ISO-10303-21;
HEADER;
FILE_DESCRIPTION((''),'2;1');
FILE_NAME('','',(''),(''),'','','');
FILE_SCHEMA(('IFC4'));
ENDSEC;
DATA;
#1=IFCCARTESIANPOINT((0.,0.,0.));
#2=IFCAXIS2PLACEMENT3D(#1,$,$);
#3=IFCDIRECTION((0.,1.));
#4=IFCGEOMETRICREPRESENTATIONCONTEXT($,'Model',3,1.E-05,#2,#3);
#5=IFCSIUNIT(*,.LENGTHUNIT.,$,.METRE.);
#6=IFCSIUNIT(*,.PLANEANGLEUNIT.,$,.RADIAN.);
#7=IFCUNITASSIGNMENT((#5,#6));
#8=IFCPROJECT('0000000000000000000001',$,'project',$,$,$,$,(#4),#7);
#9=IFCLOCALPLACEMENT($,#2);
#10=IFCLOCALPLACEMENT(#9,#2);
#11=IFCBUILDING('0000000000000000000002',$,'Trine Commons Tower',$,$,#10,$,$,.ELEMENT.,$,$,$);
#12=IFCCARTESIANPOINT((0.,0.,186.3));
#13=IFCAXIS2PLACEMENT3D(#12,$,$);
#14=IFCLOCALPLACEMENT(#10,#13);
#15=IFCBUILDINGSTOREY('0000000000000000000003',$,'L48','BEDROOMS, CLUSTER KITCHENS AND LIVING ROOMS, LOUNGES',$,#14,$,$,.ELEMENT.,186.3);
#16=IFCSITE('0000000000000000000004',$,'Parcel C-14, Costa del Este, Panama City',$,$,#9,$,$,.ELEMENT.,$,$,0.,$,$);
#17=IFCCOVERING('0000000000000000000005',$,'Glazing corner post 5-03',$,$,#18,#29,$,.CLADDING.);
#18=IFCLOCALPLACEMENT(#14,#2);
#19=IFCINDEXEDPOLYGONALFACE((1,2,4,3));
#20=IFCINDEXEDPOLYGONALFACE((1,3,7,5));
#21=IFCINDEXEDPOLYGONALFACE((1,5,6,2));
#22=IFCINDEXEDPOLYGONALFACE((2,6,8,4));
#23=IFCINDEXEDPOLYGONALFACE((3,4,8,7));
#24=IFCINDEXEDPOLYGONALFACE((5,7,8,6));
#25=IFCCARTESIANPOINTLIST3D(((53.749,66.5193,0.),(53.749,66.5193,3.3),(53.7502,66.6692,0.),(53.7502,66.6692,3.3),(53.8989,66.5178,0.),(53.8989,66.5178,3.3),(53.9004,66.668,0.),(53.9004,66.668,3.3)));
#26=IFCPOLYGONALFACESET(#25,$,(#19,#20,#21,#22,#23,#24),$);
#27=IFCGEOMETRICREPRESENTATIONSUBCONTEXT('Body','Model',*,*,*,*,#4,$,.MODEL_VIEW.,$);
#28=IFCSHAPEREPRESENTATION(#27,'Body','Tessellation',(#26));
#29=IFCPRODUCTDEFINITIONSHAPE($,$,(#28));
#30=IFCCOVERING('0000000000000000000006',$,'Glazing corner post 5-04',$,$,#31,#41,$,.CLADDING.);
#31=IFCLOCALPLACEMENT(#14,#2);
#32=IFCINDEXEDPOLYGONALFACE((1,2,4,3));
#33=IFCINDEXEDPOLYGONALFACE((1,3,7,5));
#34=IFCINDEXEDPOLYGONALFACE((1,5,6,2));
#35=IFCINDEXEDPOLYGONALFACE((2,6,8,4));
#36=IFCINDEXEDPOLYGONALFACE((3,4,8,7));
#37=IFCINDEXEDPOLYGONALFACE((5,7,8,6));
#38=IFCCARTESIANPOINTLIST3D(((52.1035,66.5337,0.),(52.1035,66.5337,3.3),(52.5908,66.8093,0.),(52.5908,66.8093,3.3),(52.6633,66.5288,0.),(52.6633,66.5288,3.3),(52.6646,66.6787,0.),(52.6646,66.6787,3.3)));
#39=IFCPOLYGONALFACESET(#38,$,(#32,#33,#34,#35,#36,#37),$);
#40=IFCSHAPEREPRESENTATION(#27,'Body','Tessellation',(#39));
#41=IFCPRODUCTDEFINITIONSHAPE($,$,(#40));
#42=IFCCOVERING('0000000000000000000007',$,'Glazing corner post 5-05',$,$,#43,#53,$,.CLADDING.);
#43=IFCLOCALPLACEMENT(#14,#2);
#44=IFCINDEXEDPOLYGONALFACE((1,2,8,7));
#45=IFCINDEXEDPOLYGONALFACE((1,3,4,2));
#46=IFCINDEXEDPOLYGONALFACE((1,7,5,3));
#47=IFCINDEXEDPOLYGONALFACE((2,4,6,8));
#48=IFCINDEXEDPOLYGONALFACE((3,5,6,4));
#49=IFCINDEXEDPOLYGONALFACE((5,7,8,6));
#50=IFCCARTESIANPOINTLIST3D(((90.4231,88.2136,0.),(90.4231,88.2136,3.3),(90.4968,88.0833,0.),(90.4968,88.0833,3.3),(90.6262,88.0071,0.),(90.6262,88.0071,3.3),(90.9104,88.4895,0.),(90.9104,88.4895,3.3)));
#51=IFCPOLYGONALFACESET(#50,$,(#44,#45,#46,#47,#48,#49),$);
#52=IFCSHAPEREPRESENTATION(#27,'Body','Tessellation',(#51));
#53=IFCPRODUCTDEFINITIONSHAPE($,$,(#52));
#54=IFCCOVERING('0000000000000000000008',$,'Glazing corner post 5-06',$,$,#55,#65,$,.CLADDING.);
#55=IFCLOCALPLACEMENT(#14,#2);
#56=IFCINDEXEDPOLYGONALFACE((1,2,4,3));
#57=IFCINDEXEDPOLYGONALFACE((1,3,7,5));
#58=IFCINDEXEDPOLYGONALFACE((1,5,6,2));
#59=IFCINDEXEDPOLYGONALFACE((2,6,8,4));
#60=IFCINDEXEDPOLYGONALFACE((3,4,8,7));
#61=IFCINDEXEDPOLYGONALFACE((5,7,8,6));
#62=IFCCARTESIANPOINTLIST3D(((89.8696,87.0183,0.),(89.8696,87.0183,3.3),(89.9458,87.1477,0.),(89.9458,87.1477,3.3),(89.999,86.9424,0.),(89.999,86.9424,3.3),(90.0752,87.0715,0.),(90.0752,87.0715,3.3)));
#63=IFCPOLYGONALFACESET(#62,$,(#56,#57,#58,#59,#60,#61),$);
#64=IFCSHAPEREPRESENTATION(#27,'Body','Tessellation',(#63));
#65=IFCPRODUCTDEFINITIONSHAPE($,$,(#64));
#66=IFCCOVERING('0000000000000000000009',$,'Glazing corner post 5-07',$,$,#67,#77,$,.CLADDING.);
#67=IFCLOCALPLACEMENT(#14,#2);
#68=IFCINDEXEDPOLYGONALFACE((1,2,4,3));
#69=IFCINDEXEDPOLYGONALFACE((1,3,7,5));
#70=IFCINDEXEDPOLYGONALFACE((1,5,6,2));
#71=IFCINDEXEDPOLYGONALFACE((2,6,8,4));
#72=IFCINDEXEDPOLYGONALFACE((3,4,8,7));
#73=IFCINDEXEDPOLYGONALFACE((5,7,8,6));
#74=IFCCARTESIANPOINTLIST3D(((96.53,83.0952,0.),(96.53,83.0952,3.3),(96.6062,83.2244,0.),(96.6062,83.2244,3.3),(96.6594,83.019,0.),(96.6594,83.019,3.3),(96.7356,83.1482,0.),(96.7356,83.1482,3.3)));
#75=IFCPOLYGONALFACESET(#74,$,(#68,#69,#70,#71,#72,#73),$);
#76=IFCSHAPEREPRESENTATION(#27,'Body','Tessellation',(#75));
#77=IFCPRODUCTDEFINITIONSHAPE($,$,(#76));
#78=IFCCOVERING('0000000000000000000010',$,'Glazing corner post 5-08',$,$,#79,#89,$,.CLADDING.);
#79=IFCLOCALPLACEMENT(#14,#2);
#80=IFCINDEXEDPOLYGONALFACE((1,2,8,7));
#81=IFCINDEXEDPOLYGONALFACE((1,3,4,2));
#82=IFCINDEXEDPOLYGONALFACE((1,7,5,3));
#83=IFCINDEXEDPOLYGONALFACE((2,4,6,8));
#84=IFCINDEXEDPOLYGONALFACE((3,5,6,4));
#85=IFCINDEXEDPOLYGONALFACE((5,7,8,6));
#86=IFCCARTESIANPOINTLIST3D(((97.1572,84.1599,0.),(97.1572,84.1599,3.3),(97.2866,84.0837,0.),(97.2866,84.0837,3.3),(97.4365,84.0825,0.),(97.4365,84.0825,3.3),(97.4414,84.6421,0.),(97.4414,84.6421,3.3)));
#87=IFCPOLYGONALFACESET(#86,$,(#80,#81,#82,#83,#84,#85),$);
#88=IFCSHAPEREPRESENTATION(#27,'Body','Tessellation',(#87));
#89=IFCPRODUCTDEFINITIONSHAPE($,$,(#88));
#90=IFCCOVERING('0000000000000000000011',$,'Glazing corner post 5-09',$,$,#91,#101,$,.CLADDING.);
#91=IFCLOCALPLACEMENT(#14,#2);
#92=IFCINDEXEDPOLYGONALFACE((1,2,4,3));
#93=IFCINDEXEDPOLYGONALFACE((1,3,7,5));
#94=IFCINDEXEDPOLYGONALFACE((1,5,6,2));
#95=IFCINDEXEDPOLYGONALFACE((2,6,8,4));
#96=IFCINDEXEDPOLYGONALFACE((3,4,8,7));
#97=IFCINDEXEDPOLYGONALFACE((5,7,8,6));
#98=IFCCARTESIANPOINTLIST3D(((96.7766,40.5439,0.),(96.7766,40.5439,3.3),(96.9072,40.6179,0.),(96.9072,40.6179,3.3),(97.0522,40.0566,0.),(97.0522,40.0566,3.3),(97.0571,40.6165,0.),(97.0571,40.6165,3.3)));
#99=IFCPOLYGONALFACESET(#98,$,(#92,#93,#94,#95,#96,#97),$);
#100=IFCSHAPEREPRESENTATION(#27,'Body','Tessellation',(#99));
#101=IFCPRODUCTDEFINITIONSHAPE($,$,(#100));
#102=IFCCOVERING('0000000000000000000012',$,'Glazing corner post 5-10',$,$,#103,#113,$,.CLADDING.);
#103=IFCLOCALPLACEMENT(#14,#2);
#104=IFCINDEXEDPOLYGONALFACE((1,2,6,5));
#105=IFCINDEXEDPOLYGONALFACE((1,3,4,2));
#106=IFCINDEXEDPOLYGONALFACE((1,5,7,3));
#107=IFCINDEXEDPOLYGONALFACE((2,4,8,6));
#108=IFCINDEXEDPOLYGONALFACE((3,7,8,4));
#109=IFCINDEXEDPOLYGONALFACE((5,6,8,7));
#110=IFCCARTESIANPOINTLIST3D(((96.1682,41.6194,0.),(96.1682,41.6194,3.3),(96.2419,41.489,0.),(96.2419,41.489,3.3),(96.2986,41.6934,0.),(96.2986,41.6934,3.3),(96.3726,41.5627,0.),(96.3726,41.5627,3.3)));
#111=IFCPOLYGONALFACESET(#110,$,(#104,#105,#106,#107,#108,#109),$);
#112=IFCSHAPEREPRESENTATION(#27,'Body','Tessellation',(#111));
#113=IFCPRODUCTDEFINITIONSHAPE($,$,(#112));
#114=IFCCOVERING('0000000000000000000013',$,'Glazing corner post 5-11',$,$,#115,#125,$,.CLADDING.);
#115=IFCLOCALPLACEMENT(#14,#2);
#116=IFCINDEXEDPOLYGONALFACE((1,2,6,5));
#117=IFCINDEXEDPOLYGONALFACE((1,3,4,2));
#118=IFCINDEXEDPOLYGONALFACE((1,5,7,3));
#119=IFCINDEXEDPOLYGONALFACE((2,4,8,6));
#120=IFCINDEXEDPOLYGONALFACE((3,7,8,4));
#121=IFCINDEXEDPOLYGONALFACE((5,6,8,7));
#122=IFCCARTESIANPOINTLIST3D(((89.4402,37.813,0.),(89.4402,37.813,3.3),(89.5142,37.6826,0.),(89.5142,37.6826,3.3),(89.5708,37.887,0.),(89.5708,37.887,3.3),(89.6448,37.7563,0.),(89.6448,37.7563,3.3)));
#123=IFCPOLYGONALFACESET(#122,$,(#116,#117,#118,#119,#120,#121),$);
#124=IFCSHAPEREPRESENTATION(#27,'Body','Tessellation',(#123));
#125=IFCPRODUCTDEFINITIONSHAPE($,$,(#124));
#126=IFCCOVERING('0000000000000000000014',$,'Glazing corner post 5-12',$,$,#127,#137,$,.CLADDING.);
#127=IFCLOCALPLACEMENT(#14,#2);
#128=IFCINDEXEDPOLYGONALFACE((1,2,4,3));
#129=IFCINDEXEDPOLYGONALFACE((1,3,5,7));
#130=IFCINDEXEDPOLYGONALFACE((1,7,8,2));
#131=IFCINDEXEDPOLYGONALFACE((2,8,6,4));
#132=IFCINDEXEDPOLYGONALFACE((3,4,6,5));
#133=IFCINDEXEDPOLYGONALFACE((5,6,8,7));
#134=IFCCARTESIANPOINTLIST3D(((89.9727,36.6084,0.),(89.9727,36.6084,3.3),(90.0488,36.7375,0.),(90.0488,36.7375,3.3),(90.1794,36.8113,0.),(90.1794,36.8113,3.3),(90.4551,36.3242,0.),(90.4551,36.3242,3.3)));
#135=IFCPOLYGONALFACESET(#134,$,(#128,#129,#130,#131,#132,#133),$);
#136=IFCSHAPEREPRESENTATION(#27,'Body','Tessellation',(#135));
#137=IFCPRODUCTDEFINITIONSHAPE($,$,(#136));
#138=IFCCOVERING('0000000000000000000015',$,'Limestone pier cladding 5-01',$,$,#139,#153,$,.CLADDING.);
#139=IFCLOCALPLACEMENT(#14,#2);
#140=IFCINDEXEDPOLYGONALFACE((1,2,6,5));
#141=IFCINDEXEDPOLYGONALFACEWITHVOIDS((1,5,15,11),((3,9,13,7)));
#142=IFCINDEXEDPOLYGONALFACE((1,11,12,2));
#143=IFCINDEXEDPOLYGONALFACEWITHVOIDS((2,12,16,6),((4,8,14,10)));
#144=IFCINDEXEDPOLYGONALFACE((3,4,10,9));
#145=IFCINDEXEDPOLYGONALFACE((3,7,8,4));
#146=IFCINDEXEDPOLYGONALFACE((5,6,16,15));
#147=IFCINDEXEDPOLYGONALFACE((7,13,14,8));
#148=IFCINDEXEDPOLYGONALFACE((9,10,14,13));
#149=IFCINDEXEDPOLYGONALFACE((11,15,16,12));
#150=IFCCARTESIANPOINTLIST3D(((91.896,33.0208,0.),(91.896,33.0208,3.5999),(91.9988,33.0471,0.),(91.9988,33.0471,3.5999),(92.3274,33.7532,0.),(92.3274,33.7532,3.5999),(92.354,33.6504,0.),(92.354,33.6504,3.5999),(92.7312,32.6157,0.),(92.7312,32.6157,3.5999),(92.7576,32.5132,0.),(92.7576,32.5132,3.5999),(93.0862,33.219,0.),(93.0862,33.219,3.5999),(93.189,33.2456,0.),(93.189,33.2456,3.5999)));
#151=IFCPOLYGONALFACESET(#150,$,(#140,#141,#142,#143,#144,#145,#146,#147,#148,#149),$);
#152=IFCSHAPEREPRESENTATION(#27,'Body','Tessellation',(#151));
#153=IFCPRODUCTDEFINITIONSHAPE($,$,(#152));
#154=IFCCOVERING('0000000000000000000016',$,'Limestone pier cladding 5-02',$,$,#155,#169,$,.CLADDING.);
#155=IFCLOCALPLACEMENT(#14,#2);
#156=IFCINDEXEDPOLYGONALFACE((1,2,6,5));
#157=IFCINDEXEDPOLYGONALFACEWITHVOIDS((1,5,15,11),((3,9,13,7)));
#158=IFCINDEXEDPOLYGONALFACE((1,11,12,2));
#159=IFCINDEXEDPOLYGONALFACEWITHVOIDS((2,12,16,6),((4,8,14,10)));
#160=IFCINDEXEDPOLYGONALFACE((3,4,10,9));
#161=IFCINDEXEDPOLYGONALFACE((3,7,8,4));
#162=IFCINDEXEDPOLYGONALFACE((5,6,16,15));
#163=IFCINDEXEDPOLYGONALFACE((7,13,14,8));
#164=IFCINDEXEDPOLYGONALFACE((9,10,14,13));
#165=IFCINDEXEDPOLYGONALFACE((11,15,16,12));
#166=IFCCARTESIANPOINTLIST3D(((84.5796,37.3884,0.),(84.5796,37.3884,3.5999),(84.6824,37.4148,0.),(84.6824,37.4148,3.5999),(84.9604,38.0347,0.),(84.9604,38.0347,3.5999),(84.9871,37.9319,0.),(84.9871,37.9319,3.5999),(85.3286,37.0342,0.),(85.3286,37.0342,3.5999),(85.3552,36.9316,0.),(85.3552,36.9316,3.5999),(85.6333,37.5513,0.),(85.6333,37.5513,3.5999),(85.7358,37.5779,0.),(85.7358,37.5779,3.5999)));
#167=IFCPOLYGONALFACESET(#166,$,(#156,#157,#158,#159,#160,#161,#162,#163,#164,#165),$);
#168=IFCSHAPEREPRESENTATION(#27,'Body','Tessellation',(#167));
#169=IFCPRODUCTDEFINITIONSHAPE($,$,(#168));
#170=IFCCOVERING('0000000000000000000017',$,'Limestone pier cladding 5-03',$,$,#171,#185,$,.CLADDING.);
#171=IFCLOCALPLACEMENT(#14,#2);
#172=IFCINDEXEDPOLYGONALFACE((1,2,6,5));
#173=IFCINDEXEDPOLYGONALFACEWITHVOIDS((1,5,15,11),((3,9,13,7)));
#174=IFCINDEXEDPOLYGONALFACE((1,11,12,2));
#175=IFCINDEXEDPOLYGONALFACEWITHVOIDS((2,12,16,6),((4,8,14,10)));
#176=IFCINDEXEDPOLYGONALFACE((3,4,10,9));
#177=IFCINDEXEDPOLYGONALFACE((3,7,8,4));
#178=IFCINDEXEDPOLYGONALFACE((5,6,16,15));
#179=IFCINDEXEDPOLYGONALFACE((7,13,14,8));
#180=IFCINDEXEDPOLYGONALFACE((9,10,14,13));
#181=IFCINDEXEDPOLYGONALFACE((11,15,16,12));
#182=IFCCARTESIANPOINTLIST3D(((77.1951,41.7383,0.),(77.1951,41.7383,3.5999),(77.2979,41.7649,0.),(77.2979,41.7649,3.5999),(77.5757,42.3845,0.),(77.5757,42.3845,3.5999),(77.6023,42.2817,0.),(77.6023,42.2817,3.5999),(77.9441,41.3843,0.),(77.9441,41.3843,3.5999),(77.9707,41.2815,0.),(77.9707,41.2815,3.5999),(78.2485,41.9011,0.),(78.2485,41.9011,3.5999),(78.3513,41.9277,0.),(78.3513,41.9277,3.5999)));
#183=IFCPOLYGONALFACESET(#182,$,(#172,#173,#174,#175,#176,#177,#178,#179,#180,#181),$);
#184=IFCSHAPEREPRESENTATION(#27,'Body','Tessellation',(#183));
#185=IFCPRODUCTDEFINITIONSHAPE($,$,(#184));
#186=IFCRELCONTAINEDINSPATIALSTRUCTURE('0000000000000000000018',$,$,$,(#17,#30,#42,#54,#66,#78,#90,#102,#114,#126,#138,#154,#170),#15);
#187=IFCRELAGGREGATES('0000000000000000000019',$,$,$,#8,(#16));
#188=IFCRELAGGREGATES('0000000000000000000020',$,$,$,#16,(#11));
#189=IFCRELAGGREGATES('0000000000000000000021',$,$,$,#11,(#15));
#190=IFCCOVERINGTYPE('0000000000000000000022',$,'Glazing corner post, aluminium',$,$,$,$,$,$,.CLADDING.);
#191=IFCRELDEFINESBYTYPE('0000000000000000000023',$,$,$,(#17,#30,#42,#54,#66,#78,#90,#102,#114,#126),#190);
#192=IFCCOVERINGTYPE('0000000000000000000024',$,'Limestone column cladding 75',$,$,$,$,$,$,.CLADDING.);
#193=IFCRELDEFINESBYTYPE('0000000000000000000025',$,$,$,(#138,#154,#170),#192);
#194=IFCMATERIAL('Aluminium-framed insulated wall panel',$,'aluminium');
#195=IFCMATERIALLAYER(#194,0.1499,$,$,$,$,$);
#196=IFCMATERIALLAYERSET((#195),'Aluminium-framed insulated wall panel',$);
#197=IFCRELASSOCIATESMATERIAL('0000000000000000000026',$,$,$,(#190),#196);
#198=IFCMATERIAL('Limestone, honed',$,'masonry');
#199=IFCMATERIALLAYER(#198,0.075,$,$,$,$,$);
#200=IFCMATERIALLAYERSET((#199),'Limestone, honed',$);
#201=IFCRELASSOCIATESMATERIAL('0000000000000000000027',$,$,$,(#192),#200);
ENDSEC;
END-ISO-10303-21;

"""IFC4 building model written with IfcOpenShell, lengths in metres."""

from ifc_helpers import new_model, si_unit, direction, frame, origin, place, context, subcontext, project, spatial, polyline, outline, extrude, material, layer, layer_set, type_object, element, save


model = new_model("IFC4")

# Units and contexts
model_context = context("Model", 3, precision=1e-05, world=origin(), true_north=direction((0.0, 1.0)))
body_context = subcontext(model_context, "Body", "Model", "MODEL_VIEW")
ifc_project = project(units=[si_unit("LENGTHUNIT", "METRE"), si_unit("PLANEANGLEUNIT", "RADIAN")], contexts=[model_context])

# Site, building, storey
site_placement = place(None, origin())
site = spatial("IfcSite", under=ifc_project, at=site_placement, Name="Parcel C-14, Costa del Este, Panama City", CompositionType="ELEMENT", RefElevation=0.0)
building_placement = place(site_placement, origin())
building = spatial("IfcBuilding", under=site, at=building_placement, Name="Trine Commons Tower", CompositionType="ELEMENT")
storey_placement = place(building_placement, frame((0.0, 0.0, 186.3)))
storey = spatial("IfcBuildingStorey", under=building, at=storey_placement, Name="L48", Description="BEDROOMS, CLUSTER KITCHENS AND LIVING ROOMS, LOUNGES", CompositionType="ELEMENT", Elevation=186.3)

# Coverings
ifc_material_1 = material(Name="Aluminium-framed insulated wall panel", Category="aluminium")
ifc_layer_1 = layer(ifc_material_1, 0.1499)
ifc_layer_set_1 = layer_set([ifc_layer_1], Name="Aluminium-framed insulated wall panel")
covering_type_1 = type_object("IfcCoveringType", Name="Glazing corner post, aluminium", PredefinedType="CLADDING", material=ifc_layer_set_1)
covering_1_placement = place(storey_placement, origin())
element("IfcCovering", 1, at=covering_1_placement, inside=storey, type_object=covering_type_1, Name="Glazing corner post 5-03", PredefinedType="CLADDING", context=body_context, shape_type="SweptSolid", body=[
    extrude(outline(polyline([(53.8989, 66.5178), (53.9004, 66.668), (53.7502, 66.6692), (53.749, 66.5193), (53.8989, 66.5178)])), origin(), (0.0, 0.0, 1.0), 3.3),
])
covering_2_placement = place(storey_placement, origin())
element("IfcCovering", 2, at=covering_2_placement, inside=storey, type_object=covering_type_1, Name="Glazing corner post 5-04", PredefinedType="CLADDING", context=body_context, shape_type="SweptSolid", body=[
    extrude(outline(polyline([(52.6633, 66.5288), (52.6646, 66.6787), (52.5908, 66.8093), (52.1035, 66.5337), (52.6633, 66.5288)])), origin(), (0.0, 0.0, 1.0), 3.3),
])
covering_3_placement = place(storey_placement, origin())
element("IfcCovering", 3, at=covering_3_placement, inside=storey, type_object=covering_type_1, Name="Glazing corner post 5-05", PredefinedType="CLADDING", context=body_context, shape_type="SweptSolid", body=[
    extrude(outline(polyline([(90.6262, 88.0071), (90.9104, 88.4895), (90.4231, 88.2136), (90.4968, 88.0833), (90.6262, 88.0071)])), origin(), (0.0, 0.0, 1.0), 3.3),
])
covering_4_placement = place(storey_placement, origin())
element("IfcCovering", 4, at=covering_4_placement, inside=storey, type_object=covering_type_1, Name="Glazing corner post 5-06", PredefinedType="CLADDING", context=body_context, shape_type="SweptSolid", body=[
    extrude(outline(polyline([(89.999, 86.9424), (90.0752, 87.0715), (89.9458, 87.1477), (89.8696, 87.0183), (89.999, 86.9424)])), origin(), (0.0, 0.0, 1.0), 3.3),
])
covering_5_placement = place(storey_placement, origin())
element("IfcCovering", 5, at=covering_5_placement, inside=storey, type_object=covering_type_1, Name="Glazing corner post 5-07", PredefinedType="CLADDING", context=body_context, shape_type="SweptSolid", body=[
    extrude(outline(polyline([(96.53, 83.0952), (96.6594, 83.019), (96.7356, 83.1482), (96.6062, 83.2244), (96.53, 83.0952)])), origin(), (0.0, 0.0, 1.0), 3.3),
])
covering_6_placement = place(storey_placement, origin())
element("IfcCovering", 6, at=covering_6_placement, inside=storey, type_object=covering_type_1, Name="Glazing corner post 5-08", PredefinedType="CLADDING", context=body_context, shape_type="SweptSolid", body=[
    extrude(outline(polyline([(97.4365, 84.0825), (97.4414, 84.6421), (97.1572, 84.1599), (97.2866, 84.0837), (97.4365, 84.0825)])), origin(), (0.0, 0.0, 1.0), 3.3),
])
covering_7_placement = place(storey_placement, origin())
element("IfcCovering", 7, at=covering_7_placement, inside=storey, type_object=covering_type_1, Name="Glazing corner post 5-09", PredefinedType="CLADDING", context=body_context, shape_type="SweptSolid", body=[
    extrude(outline(polyline([(96.7766, 40.5439), (97.0522, 40.0566), (97.0571, 40.6165), (96.9072, 40.6179), (96.9072, 40.6179), (96.7766, 40.5439)])), origin(), (0.0, 0.0, 1.0), 3.3),
])
covering_8_placement = place(storey_placement, origin())
element("IfcCovering", 8, at=covering_8_placement, inside=storey, type_object=covering_type_1, Name="Glazing corner post 5-10", PredefinedType="CLADDING", context=body_context, shape_type="SweptSolid", body=[
    extrude(outline(polyline([(96.1682, 41.6194), (96.2419, 41.489), (96.3726, 41.5627), (96.2986, 41.6934), (96.1682, 41.6194)])), origin(), (0.0, 0.0, 1.0), 3.3),
])
covering_9_placement = place(storey_placement, origin())
element("IfcCovering", 9, at=covering_9_placement, inside=storey, type_object=covering_type_1, Name="Glazing corner post 5-11", PredefinedType="CLADDING", context=body_context, shape_type="SweptSolid", body=[
    extrude(outline(polyline([(89.5142, 37.6826), (89.6448, 37.7563), (89.5708, 37.887), (89.4402, 37.813), (89.5142, 37.6826)])), origin(), (0.0, 0.0, 1.0), 3.3),
])
covering_10_placement = place(storey_placement, origin())
element("IfcCovering", 10, at=covering_10_placement, inside=storey, type_object=covering_type_1, Name="Glazing corner post 5-12", PredefinedType="CLADDING", context=body_context, shape_type="SweptSolid", body=[
    extrude(outline(polyline([(89.9727, 36.6084), (90.4551, 36.3242), (90.1794, 36.8113), (90.0488, 36.7375), (89.9727, 36.6084)])), origin(), (0.0, 0.0, 1.0), 3.3),
])
ifc_material_2 = material(Name="Limestone, honed", Category="masonry")
ifc_layer_2 = layer(ifc_material_2, 0.075)
ifc_layer_set_2 = layer_set([ifc_layer_2], Name="Limestone, honed")
covering_type_2 = type_object("IfcCoveringType", Name="Limestone column cladding 75", PredefinedType="CLADDING", material=ifc_layer_set_2)
covering_11_placement = place(storey_placement, origin())
element("IfcCovering", 11, at=covering_11_placement, inside=storey, type_object=covering_type_2, Name="Limestone pier cladding 5-01", PredefinedType="CLADDING", context=body_context, shape_type="SweptSolid", body=[
    extrude(outline(polyline([(92.3274, 33.7532), (91.896, 33.0208), (92.7576, 32.5132), (93.189, 33.2456), (92.3274, 33.7532)]), holes=[polyline([(92.354, 33.6504), (91.9988, 33.0471), (92.7312, 32.6157), (93.0862, 33.219), (92.354, 33.6504)])]), origin(), (0.0, 0.0, 1.0), 3.5999),
])
covering_12_placement = place(storey_placement, origin())
element("IfcCovering", 12, at=covering_12_placement, inside=storey, type_object=covering_type_2, Name="Limestone pier cladding 5-02", PredefinedType="CLADDING", context=body_context, shape_type="SweptSolid", body=[
    extrude(outline(polyline([(84.9604, 38.0347), (84.5796, 37.3884), (85.3552, 36.9316), (85.7358, 37.5779), (84.9604, 38.0347)]), holes=[polyline([(84.9871, 37.9319), (84.6824, 37.4148), (85.3286, 37.0342), (85.6333, 37.5513), (84.9871, 37.9319)])]), origin(), (0.0, 0.0, 1.0), 3.5999),
])
covering_13_placement = place(storey_placement, origin())
element("IfcCovering", 13, at=covering_13_placement, inside=storey, type_object=covering_type_2, Name="Limestone pier cladding 5-03", PredefinedType="CLADDING", context=body_context, shape_type="SweptSolid", body=[
    extrude(outline(polyline([(77.5757, 42.3845), (77.1951, 41.7383), (77.9707, 41.2815), (78.3513, 41.9277), (77.5757, 42.3845)]), holes=[polyline([(77.6023, 42.2817), (77.2979, 41.7649), (77.9441, 41.3843), (78.2485, 41.9011), (77.6023, 42.2817)])]), origin(), (0.0, 0.0, 1.0), 3.5999),
])

save(model, "model.ifc")
